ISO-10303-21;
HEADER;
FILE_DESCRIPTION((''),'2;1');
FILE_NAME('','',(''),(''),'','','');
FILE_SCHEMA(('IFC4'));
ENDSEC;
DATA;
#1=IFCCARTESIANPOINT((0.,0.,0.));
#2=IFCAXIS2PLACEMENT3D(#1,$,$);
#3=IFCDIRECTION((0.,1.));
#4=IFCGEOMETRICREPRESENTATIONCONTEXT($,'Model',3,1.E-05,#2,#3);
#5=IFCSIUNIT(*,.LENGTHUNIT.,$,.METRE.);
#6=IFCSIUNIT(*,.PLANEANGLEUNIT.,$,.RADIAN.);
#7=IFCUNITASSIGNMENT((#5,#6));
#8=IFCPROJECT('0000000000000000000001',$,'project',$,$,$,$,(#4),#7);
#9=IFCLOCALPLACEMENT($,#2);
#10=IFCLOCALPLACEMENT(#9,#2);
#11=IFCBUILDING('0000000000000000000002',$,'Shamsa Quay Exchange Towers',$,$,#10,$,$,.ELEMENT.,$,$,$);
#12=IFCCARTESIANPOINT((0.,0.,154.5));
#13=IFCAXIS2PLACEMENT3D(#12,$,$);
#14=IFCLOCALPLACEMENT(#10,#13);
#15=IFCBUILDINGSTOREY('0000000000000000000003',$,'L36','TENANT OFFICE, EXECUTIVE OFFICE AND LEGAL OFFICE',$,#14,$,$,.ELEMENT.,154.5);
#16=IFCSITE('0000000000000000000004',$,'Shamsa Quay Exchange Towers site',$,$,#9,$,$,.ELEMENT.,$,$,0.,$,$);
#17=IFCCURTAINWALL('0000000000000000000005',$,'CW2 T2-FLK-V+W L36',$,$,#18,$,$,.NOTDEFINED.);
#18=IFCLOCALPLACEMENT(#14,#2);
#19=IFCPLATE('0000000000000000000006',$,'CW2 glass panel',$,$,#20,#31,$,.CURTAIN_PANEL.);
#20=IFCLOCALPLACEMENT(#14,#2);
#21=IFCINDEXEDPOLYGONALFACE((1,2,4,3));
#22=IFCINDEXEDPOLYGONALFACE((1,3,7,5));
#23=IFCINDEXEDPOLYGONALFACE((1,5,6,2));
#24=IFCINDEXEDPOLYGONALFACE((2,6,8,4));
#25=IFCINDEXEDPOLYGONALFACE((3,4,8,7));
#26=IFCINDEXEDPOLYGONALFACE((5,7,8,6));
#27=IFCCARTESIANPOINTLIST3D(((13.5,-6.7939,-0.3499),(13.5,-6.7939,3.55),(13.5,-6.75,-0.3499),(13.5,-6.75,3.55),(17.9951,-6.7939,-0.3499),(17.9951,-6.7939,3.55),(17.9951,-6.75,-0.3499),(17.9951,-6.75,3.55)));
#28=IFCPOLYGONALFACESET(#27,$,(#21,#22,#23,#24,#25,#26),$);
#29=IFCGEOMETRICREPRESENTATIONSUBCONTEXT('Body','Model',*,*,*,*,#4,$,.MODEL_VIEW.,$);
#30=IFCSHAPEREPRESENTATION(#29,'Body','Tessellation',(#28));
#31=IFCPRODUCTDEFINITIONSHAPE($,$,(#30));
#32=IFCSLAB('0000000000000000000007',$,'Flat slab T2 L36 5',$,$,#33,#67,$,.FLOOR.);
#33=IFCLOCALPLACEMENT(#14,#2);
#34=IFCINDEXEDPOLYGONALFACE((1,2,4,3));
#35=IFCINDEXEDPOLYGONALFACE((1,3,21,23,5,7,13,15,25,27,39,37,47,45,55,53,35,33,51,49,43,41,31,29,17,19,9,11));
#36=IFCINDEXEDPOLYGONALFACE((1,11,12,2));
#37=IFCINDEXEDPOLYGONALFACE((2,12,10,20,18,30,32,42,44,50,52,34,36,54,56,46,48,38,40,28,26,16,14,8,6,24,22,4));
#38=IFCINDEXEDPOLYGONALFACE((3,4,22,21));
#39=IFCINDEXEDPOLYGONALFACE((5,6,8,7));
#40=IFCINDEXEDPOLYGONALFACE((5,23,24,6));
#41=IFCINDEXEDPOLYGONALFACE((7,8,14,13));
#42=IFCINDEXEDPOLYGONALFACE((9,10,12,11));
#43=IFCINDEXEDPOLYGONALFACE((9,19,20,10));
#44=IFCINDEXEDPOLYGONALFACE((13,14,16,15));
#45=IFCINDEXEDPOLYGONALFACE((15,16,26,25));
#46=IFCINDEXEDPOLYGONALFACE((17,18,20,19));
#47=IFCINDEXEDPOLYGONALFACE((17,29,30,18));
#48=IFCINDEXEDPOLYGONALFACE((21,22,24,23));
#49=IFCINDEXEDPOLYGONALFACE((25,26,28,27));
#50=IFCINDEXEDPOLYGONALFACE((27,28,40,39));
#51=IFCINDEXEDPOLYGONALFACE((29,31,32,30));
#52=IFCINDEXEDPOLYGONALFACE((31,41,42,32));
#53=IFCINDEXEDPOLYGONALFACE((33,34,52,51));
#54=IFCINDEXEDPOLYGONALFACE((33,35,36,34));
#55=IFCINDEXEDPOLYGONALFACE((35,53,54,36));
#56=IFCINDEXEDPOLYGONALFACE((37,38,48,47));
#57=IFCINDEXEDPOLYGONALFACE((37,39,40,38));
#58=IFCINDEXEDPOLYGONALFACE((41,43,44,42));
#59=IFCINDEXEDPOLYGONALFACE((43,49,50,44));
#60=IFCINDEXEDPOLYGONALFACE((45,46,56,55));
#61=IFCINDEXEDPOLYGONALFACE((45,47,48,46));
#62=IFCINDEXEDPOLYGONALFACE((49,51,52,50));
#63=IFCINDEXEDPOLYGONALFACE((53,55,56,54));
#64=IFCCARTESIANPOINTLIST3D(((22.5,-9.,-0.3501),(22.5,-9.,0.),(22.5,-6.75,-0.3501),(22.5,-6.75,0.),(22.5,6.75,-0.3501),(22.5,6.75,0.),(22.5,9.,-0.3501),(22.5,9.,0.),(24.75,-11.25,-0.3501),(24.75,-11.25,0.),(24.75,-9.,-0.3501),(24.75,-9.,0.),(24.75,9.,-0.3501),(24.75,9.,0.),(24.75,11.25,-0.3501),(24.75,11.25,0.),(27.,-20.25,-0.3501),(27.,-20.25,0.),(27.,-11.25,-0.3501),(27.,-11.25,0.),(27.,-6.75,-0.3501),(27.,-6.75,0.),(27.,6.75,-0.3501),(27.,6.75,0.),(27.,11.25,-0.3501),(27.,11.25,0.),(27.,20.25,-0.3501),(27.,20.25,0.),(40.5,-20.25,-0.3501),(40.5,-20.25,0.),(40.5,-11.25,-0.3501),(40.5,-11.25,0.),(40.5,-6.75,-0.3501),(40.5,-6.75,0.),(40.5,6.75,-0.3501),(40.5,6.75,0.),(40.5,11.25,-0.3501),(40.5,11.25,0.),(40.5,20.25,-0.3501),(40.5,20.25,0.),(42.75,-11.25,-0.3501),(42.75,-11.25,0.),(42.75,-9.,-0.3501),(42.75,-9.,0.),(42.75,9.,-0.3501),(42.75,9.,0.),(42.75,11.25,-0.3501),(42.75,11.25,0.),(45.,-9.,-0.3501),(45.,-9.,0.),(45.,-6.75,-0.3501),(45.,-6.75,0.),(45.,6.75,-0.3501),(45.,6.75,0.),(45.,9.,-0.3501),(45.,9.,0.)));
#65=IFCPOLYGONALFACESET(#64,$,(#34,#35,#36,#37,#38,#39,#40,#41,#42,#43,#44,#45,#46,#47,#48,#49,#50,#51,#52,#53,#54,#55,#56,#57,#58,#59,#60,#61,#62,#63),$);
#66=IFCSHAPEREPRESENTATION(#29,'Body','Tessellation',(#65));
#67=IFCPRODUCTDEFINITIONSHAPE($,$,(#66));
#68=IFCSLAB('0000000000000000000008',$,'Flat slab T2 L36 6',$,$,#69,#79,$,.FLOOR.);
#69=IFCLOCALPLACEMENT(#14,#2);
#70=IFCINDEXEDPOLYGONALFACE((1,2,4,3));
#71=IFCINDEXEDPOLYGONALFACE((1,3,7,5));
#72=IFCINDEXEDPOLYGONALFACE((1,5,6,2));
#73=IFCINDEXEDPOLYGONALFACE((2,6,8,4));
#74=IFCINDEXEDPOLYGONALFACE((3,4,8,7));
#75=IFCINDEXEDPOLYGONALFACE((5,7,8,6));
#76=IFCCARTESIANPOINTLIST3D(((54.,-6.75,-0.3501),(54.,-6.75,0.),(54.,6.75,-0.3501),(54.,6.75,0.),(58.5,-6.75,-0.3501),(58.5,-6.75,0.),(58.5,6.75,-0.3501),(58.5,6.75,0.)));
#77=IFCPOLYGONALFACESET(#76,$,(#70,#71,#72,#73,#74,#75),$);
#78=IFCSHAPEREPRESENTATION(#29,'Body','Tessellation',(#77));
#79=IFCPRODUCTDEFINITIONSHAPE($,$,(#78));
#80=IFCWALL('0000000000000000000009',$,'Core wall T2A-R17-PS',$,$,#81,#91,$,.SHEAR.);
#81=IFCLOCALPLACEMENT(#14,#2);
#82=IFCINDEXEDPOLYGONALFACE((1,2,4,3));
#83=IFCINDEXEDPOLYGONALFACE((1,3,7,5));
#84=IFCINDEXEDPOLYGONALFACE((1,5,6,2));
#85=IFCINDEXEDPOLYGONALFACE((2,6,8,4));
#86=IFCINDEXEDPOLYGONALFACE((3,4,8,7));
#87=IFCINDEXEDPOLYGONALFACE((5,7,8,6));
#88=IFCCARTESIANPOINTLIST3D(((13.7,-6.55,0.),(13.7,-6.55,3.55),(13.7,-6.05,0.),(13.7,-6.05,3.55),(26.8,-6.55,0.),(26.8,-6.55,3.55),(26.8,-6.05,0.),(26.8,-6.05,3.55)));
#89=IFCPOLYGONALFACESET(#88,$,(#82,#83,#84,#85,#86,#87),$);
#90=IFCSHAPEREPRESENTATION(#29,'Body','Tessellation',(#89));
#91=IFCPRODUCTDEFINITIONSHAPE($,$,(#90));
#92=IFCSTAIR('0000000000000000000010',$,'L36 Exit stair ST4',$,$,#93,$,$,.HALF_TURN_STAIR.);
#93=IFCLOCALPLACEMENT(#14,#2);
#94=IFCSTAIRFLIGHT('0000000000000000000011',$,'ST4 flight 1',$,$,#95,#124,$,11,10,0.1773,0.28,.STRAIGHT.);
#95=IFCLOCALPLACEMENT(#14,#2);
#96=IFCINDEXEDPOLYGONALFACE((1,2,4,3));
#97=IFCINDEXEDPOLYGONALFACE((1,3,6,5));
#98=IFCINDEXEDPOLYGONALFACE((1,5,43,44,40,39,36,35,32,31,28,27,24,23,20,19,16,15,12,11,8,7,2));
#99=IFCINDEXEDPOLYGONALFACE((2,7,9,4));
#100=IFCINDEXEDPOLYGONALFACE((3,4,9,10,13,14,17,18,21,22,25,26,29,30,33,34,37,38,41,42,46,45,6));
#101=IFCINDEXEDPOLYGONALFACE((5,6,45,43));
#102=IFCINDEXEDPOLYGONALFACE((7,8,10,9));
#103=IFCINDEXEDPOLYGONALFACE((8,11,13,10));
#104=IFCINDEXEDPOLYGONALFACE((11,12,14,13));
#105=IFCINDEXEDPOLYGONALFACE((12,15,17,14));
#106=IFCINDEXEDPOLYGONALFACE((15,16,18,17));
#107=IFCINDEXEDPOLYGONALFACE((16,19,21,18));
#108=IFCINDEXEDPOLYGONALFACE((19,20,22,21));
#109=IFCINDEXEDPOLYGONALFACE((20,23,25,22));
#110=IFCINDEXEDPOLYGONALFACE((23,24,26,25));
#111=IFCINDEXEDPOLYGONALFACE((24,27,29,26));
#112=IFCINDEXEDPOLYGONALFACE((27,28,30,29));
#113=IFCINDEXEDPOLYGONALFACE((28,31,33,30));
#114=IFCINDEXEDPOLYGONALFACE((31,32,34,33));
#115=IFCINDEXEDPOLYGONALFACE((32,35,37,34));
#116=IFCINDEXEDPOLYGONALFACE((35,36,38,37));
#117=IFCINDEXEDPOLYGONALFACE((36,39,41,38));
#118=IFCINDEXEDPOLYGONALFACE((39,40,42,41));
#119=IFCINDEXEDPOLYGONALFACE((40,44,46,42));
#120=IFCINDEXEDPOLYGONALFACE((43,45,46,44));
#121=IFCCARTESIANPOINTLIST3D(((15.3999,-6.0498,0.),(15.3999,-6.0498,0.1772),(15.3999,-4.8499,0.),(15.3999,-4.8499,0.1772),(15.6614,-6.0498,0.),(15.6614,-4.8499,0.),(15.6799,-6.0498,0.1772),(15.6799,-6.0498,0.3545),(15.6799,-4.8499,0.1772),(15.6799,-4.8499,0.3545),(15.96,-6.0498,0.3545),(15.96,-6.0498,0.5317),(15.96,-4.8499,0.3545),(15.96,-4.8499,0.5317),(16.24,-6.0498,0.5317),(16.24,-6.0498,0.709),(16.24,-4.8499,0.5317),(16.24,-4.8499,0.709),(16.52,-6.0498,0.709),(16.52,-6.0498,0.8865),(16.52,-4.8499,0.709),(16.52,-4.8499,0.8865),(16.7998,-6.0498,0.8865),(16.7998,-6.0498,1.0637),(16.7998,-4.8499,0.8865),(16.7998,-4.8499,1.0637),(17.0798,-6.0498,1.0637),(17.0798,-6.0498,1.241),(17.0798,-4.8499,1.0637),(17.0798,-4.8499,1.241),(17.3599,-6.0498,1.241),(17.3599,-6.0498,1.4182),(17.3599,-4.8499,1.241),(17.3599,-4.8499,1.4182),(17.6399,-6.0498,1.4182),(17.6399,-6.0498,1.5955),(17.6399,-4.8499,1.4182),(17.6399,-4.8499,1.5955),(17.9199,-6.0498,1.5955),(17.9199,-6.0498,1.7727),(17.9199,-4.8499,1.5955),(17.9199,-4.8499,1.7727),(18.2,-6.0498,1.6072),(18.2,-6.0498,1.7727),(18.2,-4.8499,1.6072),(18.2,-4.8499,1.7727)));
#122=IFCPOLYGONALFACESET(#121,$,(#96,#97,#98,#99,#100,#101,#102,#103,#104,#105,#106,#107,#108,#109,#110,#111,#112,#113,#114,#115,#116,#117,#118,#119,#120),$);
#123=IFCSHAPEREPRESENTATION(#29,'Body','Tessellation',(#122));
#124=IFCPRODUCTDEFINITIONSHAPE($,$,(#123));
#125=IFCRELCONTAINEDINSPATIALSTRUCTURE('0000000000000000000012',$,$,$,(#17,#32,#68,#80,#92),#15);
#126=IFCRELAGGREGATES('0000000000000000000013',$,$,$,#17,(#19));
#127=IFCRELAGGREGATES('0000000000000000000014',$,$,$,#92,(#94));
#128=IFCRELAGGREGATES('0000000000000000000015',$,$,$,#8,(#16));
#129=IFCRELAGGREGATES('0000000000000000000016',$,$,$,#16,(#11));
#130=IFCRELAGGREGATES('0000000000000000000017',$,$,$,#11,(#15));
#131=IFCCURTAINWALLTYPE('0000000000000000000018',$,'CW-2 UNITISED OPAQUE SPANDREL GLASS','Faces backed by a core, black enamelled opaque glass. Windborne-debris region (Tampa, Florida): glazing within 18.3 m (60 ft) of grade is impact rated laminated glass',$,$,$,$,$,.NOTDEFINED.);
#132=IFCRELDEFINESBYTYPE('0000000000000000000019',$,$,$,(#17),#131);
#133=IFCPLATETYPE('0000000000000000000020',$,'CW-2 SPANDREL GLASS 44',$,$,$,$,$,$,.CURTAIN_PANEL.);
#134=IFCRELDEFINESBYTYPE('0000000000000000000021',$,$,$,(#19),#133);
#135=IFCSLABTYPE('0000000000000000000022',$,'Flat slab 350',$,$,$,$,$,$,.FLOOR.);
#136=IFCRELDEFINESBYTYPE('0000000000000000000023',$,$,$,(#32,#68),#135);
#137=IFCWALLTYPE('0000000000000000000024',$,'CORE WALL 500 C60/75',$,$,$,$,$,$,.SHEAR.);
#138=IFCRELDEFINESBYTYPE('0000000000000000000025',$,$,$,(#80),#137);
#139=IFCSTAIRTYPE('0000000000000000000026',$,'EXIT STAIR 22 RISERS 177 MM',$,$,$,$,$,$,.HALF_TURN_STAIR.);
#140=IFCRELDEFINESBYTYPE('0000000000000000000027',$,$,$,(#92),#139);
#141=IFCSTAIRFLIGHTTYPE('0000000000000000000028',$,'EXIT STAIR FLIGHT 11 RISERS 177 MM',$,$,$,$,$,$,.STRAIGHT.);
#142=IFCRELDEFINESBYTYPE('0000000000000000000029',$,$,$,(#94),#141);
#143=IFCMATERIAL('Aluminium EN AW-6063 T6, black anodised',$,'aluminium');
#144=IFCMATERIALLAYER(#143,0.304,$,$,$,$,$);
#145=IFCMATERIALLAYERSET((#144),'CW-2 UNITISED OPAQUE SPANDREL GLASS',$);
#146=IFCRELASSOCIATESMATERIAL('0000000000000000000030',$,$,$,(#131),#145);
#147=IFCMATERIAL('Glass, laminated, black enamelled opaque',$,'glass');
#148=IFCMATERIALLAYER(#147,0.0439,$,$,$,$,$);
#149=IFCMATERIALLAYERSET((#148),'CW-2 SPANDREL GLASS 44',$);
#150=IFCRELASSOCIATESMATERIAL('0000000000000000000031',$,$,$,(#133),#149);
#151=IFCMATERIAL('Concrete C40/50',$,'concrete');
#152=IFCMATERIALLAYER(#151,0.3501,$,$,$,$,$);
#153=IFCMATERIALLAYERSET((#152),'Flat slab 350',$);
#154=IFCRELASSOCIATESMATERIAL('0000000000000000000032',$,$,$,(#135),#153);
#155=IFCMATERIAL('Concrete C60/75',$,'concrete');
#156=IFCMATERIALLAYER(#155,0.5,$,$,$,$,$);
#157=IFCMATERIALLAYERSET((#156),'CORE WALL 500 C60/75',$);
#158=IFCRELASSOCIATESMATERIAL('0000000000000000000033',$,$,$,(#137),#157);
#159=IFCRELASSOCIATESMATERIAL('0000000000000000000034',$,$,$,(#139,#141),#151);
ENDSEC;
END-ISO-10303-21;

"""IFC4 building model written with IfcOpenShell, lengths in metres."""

from ifc_helpers import new_model, si_unit, direction, frame, frame_2d, origin, origin_2d, place, context, subcontext, project, spatial, polyline, rectangle, outline, extrude, material, layer, layer_set, type_object, element, aggregate, save


model = new_model("IFC4")

# Units and contexts
model_context = context("Model", 3, precision=1e-05, world=origin(), true_north=direction((0.0, 1.0)))
body_context = subcontext(model_context, "Body", "Model", "MODEL_VIEW")
ifc_project = project(units=[si_unit("LENGTHUNIT", "METRE"), si_unit("PLANEANGLEUNIT", "RADIAN")], contexts=[model_context])

# Site, building, storey
site_placement = place(None, origin())
site = spatial("IfcSite", under=ifc_project, at=site_placement, Name="Shamsa Quay Exchange Towers site", CompositionType="ELEMENT", RefElevation=0.0)
building_placement = place(site_placement, origin())
building = spatial("IfcBuilding", under=site, at=building_placement, Name="Shamsa Quay Exchange Towers", CompositionType="ELEMENT")
storey_placement = place(building_placement, frame((0.0, 0.0, 154.5)))
storey = spatial("IfcBuildingStorey", under=building, at=storey_placement, Name="L36", Description="TENANT OFFICE, EXECUTIVE OFFICE AND LEGAL OFFICE", CompositionType="ELEMENT", Elevation=154.5)

# Shared definitions
ifc_material_1 = material(Name="Aluminium EN AW-6063 T6, black anodised", Category="aluminium")

# Curtain wall, plate
ifc_layer_1 = layer(ifc_material_1, 0.304)
ifc_layer_set_1 = layer_set([ifc_layer_1], Name="CW-2 UNITISED OPAQUE SPANDREL GLASS")
curtain_wall_type_1 = type_object("IfcCurtainWallType", Name="CW-2 UNITISED OPAQUE SPANDREL GLASS", Description="Faces backed by a core, black enamelled opaque glass. Windborne-debris region (Tampa, Florida): glazing within 18.3 m (60 ft) of grade is impact rated laminated glass", PredefinedType="NOTDEFINED", material=ifc_layer_set_1)
curtain_wall_1_placement = place(storey_placement, origin())
curtain_wall_1 = element("IfcCurtainWall", 1, at=curtain_wall_1_placement, inside=storey, type_object=curtain_wall_type_1, Name="CW2 T2-FLK-V+W L36", PredefinedType="NOTDEFINED")
ifc_material_2 = material(Name="Glass, laminated, black enamelled opaque", Category="glass")
ifc_layer_2 = layer(ifc_material_2, 0.0439)
ifc_layer_set_2 = layer_set([ifc_layer_2], Name="CW-2 SPANDREL GLASS 44")
plate_type_1 = type_object("IfcPlateType", Name="CW-2 SPANDREL GLASS 44", PredefinedType="CURTAIN_PANEL", material=ifc_layer_set_2)
plate_1_placement = place(storey_placement, frame((15.7476, -6.772, -0.3499)))
plate_1 = element("IfcPlate", 2, at=plate_1_placement, type_object=plate_type_1, Name="CW2 glass panel", PredefinedType="CURTAIN_PANEL", context=body_context, shape_type="SweptSolid", body=[
    extrude(rectangle(XDim=4.4951, YDim=0.0439, at=origin_2d()), origin(), (0.0, 0.0, 1.0), 3.8999),
])
aggregate(curtain_wall_1, [plate_1])

# Slabs
ifc_material_3 = material(Name="Concrete C40/50", Category="concrete")
ifc_layer_3 = layer(ifc_material_3, 0.3501)
ifc_layer_set_3 = layer_set([ifc_layer_3], Name="Flat slab 350")
slab_type_1 = type_object("IfcSlabType", Name="Flat slab 350", PredefinedType="FLOOR", material=ifc_layer_set_3)
slab_1_placement = place(storey_placement, frame((0.0, 0.0, -0.3501)))
element("IfcSlab", 3, at=slab_1_placement, inside=storey, type_object=slab_type_1, Name="Flat slab T2 L36 5", PredefinedType="FLOOR", context=body_context, shape_type="SweptSolid", body=[
    extrude(outline(polyline([(45.0, -9.0), (45.0, -6.75), (40.5, -6.75), (40.5, 6.75), (45.0, 6.75), (45.0, 9.0), (42.75, 9.0), (42.75, 11.25), (40.5, 11.25), (40.5, 20.25), (27.0, 20.25), (27.0, 11.25), (24.75, 11.25), (24.75, 9.0), (22.5, 9.0), (22.5, 6.75), (27.0, 6.75), (27.0, -6.75), (22.5, -6.75), (22.5, -9.0), (24.75, -9.0), (24.75, -11.25), (27.0, -11.25), (27.0, -20.25), (40.5, -20.25), (40.5, -11.25), (42.75, -11.25), (42.75, -9.0), (45.0, -9.0)])), origin(), (0.0, 0.0, 1.0), 0.3501),
])
slab_2_placement = place(storey_placement, frame((0.0, 0.0, -0.3501)))
element("IfcSlab", 4, at=slab_2_placement, inside=storey, type_object=slab_type_1, Name="Flat slab T2 L36 6", PredefinedType="FLOOR", context=body_context, shape_type="SweptSolid", body=[
    extrude(outline(polyline([(58.5, 6.75), (54.0, 6.75), (54.0, -6.75), (58.5, -6.75), (58.5, 6.75)])), origin(), (0.0, 0.0, 1.0), 0.3501),
])

# Wall
ifc_material_4 = material(Name="Concrete C60/75", Category="concrete")
ifc_layer_4 = layer(ifc_material_4, 0.5)
ifc_layer_set_4 = layer_set([ifc_layer_4], Name="CORE WALL 500 C60/75")
wall_type = type_object("IfcWallType", Name="CORE WALL 500 C60/75", PredefinedType="SHEAR", material=ifc_layer_set_4)
wall_placement = place(storey_placement, frame((13.7, -6.3, 0.0)))
element("IfcWall", 5, at=wall_placement, inside=storey, type_object=wall_type, Name="Core wall T2A-R17-PS", PredefinedType="SHEAR", context=body_context, shape_type="SweptSolid", body=[
    extrude(rectangle(XDim=13.1001, YDim=0.5, at=frame_2d((6.55, 0.0))), origin(), (0.0, 0.0, 1.0), 3.55),
])

# Stair, stair flight
stair_type = type_object("IfcStairType", Name="EXIT STAIR 22 RISERS 177 MM", PredefinedType="HALF_TURN_STAIR", material=ifc_material_3)
stair_placement = place(storey_placement, origin())
stair = element("IfcStair", 6, at=stair_placement, inside=storey, type_object=stair_type, Name="L36 Exit stair ST4", PredefinedType="HALF_TURN_STAIR")
stair_flight_type = type_object("IfcStairFlightType", Name="EXIT STAIR FLIGHT 11 RISERS 177 MM", PredefinedType="STRAIGHT", material=ifc_material_3)
stair_flight_placement = place(storey_placement, frame((15.3999, -5.45, 0.0)))
stair_flight = element("IfcStairFlight", 7, at=stair_flight_placement, type_object=stair_flight_type, Name="ST4 flight 1", NumberOfRisers=11, NumberOfTreads=10, PredefinedType="STRAIGHT", RiserHeight=0.1773, TreadLength=0.28, context=body_context, shape_type="SweptSolid", body=[
    extrude(outline(polyline([(0.0, 0.0), (0.0, 0.1772), (0.28, 0.1772), (0.28, 0.3545), (0.5601, 0.3545), (0.5601, 0.5317), (0.8401, 0.5317), (0.8401, 0.709), (1.1201, 0.709), (1.1201, 0.8865), (1.3999, 0.8865), (1.3999, 1.0637), (1.6799, 1.0637), (1.6799, 1.241), (1.96, 1.241), (1.96, 1.4182), (2.24, 1.4182), (2.24, 1.5955), (2.52, 1.5955), (2.52, 1.7727), (2.8, 1.7727), (2.8, 1.95), (2.8, 1.6072), (0.2615, 0.0), (0.0, 0.0)])), frame((0.0, 0.6001, 0.0), z_axis=(0.0, -1.0, 0.0), x_axis=(1.0, 0.0, 0.0)), (0.0, 0.0, 1.0), 1.2),
])
aggregate(stair, [stair_flight])

save(model, "model.ifc")
